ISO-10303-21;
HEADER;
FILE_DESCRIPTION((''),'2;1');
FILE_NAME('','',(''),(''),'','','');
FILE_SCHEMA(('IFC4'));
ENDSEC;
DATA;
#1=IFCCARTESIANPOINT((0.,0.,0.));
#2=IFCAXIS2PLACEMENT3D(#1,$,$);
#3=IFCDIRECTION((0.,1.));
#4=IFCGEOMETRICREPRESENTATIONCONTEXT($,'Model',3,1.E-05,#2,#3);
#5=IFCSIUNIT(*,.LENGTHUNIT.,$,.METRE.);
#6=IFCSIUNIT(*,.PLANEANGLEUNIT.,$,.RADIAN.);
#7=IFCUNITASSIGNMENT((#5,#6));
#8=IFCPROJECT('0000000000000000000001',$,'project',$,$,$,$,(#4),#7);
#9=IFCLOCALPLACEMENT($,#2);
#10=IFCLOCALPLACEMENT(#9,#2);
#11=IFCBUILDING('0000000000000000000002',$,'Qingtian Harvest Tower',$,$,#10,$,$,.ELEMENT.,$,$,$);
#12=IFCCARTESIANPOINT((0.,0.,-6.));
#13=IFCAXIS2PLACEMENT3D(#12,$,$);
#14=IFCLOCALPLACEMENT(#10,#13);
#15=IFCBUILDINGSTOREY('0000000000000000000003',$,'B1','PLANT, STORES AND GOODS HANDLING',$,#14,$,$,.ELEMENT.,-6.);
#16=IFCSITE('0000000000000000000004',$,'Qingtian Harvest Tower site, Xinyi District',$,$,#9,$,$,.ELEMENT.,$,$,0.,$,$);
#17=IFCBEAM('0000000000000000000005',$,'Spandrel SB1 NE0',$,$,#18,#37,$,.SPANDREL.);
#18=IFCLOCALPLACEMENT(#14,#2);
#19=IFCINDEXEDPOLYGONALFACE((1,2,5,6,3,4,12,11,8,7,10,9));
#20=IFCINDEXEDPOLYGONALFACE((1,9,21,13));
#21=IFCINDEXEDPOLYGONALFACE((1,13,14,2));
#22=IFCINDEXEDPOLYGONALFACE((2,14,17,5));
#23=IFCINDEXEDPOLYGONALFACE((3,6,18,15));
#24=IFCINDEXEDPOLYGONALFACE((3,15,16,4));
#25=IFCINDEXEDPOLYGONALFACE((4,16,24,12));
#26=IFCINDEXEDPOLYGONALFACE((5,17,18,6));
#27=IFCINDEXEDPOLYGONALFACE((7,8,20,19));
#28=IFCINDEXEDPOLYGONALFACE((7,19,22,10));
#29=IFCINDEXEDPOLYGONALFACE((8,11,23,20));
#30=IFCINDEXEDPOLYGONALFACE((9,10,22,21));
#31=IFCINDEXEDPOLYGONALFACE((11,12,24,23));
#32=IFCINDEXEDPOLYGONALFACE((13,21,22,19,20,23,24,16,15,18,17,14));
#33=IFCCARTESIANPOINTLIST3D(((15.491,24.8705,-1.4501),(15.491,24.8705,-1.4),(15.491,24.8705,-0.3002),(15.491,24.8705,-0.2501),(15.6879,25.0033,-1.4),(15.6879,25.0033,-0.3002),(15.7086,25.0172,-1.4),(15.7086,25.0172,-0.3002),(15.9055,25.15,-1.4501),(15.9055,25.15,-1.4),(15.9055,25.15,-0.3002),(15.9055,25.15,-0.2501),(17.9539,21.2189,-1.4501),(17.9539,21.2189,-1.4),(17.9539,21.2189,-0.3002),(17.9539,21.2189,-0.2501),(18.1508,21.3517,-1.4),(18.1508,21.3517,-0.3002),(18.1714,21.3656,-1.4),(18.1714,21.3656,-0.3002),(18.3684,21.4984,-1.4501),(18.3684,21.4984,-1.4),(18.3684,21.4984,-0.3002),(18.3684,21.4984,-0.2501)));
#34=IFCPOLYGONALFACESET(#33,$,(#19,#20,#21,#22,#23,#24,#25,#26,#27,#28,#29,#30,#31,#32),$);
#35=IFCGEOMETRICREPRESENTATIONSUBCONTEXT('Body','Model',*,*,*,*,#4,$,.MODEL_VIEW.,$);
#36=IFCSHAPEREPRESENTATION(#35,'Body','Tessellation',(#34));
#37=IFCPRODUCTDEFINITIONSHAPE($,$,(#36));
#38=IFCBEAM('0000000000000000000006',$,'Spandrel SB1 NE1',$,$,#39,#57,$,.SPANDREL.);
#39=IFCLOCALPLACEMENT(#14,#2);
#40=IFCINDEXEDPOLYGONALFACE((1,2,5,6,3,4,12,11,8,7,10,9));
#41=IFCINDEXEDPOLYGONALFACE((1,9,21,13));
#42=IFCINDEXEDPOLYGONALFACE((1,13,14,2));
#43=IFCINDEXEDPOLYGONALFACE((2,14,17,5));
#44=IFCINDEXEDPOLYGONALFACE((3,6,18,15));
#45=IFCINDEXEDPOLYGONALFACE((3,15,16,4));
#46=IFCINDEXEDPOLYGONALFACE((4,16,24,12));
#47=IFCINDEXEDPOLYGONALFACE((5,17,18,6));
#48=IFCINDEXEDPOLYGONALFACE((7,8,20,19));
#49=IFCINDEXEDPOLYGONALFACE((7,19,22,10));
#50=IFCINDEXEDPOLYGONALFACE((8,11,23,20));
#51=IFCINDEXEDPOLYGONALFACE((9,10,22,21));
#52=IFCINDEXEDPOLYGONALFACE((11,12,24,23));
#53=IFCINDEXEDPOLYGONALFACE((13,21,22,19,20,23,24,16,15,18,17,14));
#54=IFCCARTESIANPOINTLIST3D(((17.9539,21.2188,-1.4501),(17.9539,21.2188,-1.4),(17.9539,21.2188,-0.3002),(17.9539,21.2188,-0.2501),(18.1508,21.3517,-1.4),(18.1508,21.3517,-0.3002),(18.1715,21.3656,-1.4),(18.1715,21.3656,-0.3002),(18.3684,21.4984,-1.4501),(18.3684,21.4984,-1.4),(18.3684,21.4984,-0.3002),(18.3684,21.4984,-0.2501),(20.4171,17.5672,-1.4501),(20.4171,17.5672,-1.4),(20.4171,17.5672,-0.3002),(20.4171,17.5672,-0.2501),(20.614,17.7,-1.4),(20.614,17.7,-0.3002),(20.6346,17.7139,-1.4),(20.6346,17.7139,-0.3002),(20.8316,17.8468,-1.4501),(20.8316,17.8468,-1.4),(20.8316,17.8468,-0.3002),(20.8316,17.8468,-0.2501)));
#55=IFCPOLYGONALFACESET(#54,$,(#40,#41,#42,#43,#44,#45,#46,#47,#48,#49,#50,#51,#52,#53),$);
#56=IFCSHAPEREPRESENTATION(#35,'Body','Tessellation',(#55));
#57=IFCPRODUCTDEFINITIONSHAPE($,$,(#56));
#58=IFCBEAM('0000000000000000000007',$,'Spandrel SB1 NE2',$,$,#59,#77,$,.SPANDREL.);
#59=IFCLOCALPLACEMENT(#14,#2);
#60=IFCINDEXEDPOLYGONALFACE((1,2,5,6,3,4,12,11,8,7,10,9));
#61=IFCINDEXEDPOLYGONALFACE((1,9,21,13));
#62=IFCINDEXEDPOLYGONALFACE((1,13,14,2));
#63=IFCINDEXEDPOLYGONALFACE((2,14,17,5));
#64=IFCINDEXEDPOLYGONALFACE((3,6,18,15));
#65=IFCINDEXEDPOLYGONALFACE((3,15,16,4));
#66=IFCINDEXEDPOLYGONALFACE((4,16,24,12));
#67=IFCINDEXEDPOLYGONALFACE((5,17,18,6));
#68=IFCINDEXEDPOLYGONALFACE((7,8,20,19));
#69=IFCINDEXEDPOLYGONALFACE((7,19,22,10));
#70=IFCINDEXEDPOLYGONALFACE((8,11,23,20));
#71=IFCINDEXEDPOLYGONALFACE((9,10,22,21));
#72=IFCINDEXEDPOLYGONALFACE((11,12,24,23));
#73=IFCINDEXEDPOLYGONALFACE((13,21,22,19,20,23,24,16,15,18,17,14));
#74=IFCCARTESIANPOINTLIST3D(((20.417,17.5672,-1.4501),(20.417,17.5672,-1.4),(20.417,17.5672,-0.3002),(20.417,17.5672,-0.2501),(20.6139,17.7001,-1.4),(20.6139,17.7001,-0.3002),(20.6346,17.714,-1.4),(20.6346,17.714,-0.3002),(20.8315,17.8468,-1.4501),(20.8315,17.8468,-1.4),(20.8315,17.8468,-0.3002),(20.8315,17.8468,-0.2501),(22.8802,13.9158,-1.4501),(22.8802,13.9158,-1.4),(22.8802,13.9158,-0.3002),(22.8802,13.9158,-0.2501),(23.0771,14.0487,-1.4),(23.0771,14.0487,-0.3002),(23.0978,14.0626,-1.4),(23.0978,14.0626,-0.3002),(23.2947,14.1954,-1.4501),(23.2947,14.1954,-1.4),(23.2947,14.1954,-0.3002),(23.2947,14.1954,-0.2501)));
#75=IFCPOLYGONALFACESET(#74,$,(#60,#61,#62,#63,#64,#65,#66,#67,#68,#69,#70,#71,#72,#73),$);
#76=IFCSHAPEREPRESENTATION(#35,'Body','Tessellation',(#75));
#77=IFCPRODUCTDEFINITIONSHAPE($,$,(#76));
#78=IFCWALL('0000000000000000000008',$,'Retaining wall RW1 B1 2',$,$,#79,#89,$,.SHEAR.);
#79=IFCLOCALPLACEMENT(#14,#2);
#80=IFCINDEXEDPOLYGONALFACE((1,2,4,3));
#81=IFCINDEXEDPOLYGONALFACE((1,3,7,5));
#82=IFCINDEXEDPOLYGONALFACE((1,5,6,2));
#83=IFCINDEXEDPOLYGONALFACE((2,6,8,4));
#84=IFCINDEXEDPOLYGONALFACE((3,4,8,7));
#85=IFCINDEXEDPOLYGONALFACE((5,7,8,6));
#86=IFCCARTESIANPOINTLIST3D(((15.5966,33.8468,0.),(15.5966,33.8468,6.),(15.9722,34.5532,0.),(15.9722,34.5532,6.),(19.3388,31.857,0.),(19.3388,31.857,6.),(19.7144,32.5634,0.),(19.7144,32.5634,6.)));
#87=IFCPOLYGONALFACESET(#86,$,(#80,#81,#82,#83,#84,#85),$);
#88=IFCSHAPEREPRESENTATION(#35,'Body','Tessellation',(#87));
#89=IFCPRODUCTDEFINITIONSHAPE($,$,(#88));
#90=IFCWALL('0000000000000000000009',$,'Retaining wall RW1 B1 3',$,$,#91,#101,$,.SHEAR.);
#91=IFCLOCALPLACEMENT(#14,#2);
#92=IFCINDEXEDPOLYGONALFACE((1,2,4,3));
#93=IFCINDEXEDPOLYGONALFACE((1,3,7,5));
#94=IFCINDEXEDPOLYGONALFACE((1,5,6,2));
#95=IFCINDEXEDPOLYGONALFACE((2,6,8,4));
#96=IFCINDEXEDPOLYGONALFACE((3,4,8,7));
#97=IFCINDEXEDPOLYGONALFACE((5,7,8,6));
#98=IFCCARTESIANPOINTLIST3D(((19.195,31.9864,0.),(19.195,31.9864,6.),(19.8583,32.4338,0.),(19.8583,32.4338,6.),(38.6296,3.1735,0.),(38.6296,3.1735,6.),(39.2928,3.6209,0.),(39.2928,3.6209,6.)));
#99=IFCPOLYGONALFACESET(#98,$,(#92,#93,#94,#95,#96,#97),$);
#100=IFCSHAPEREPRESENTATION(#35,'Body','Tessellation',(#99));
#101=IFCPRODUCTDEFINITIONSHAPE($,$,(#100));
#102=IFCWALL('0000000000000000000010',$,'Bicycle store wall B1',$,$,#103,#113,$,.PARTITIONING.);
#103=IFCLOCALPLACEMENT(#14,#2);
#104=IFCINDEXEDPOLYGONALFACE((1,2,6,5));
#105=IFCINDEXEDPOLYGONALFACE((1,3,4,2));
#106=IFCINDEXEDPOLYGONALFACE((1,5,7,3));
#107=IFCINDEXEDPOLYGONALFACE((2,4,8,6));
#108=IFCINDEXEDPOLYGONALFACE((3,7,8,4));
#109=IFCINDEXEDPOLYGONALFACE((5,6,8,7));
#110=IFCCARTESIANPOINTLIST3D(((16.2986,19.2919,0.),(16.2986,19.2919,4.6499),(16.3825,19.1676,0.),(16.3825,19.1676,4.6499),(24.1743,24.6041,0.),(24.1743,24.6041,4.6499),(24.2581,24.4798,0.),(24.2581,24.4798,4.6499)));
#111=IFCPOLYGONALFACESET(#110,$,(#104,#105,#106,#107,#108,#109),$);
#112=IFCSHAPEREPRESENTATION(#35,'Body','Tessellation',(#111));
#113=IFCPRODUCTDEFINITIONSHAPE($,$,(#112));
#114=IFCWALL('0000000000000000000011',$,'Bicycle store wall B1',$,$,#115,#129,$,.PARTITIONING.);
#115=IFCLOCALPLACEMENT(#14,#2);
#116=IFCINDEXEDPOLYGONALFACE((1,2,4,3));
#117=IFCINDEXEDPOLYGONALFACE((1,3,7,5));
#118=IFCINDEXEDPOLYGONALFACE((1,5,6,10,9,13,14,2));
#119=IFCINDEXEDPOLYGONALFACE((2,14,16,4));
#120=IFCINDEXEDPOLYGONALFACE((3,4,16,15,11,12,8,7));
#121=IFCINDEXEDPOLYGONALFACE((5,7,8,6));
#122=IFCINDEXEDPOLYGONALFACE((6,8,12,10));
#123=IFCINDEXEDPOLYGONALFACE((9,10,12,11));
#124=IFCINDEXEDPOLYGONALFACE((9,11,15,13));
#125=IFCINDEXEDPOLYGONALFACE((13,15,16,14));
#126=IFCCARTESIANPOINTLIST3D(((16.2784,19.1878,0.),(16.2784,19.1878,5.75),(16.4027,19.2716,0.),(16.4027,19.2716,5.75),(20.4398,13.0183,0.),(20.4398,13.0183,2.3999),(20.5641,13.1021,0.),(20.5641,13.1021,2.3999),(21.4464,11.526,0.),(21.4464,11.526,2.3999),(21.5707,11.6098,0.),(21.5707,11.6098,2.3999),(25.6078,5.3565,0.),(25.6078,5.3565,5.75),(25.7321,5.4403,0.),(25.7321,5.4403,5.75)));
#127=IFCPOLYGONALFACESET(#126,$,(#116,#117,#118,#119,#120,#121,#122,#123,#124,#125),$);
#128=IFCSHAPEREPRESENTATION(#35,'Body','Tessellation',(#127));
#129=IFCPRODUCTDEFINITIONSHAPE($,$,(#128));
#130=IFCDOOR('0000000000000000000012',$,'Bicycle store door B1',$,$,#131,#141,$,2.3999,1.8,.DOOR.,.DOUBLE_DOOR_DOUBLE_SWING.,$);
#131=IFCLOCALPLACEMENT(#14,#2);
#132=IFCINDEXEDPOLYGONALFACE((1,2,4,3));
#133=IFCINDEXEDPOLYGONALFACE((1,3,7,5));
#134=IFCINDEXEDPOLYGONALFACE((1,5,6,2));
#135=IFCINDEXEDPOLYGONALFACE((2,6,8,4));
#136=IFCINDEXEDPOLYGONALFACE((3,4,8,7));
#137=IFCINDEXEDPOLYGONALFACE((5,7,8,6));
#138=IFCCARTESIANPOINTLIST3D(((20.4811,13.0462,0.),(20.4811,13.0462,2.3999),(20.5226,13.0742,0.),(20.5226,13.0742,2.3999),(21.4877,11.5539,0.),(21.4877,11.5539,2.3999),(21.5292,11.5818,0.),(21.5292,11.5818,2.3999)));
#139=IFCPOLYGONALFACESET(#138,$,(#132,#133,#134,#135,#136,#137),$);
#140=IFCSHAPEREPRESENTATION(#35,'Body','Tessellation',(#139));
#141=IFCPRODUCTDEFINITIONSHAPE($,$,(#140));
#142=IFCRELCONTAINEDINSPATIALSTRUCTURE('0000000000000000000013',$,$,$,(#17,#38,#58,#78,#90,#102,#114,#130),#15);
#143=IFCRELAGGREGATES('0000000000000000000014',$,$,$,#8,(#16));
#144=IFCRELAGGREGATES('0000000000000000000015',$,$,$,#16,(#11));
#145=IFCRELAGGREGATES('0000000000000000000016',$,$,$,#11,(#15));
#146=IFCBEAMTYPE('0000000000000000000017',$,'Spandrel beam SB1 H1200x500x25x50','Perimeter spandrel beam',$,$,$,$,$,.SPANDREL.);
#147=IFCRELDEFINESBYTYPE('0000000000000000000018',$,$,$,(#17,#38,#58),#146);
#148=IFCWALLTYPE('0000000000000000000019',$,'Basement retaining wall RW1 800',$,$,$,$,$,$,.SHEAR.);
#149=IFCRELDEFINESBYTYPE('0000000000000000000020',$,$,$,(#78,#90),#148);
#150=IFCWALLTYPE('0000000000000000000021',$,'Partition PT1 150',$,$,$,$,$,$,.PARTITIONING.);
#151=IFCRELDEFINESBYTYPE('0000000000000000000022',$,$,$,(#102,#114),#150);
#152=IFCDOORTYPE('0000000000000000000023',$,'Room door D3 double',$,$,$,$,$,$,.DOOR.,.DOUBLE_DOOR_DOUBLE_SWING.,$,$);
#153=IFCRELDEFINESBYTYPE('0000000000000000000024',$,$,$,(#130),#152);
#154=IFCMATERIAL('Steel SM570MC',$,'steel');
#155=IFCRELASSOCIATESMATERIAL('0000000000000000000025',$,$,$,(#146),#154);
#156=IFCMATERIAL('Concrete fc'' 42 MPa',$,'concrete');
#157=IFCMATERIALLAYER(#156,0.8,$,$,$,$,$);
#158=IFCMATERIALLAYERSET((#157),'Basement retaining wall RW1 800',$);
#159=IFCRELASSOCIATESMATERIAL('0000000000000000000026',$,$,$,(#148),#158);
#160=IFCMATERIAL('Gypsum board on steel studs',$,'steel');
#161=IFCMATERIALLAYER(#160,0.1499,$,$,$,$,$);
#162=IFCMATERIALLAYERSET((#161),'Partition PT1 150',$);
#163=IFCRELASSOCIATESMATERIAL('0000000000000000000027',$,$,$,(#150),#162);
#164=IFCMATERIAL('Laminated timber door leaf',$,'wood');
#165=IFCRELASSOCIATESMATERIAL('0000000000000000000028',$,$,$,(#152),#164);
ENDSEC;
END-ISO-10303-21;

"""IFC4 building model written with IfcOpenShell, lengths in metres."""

from ifc_helpers import new_model, si_unit, direction, frame, frame_2d, origin, origin_2d, place, context, subcontext, project, spatial, rectangle, i_section, extrude, material, layer, layer_set, material_profile, profile_set, type_object, element, fill, save


model = new_model("IFC4")

# Units and contexts
model_context = context("Model", 3, precision=1e-05, world=origin(), true_north=direction((0.0, 1.0)))
body_context = subcontext(model_context, "Body", "Model", "MODEL_VIEW")
ifc_project = project(units=[si_unit("LENGTHUNIT", "METRE"), si_unit("PLANEANGLEUNIT", "RADIAN")], contexts=[model_context])

# Site, building, storey
site_placement = place(None, origin())
site = spatial("IfcSite", under=ifc_project, at=site_placement, Name="Qingtian Harvest Tower site, Xinyi District", CompositionType="ELEMENT", RefElevation=0.0)
building_placement = place(site_placement, origin())
building = spatial("IfcBuilding", under=site, at=building_placement, Name="Qingtian Harvest Tower", CompositionType="ELEMENT")
storey_placement = place(building_placement, frame((0.0, 0.0, -6.0)))
storey = spatial("IfcBuildingStorey", under=building, at=storey_placement, Name="B1", Description="PLANT, STORES AND GOODS HANDLING", CompositionType="ELEMENT", Elevation=-6.0)

# Beams
ifc_material_1 = material(Name="Steel SM570MC", Category="steel")
ifc_material_profile_1 = material_profile(ifc_material_1, i_section(OverallWidth=0.5, OverallDepth=1.2, WebThickness=0.0249, FlangeThickness=0.05, at=origin_2d()), Name="H1200x500x25x50")
ifc_profile_set_1 = profile_set([ifc_material_profile_1], Name="Steel SM570MC")
beam_type_1 = type_object("IfcBeamType", Name="Spandrel beam SB1 H1200x500x25x50", Description="Perimeter spandrel beam", PredefinedType="SPANDREL", material=ifc_profile_set_1)
beam_1_placement = place(storey_placement, frame((15.6982, 25.0103, -0.8501), z_axis=(0.559169, -0.829054, 0.0), x_axis=(0.829054, 0.559169, 0.0)))
element("IfcBeam", 1, at=beam_1_placement, inside=storey, type_object=beam_type_1, Name="Spandrel SB1 NE0", PredefinedType="SPANDREL", context=body_context, shape_type="SweptSolid", body=[
    extrude(i_section(OverallWidth=0.5, OverallDepth=1.2, WebThickness=0.0249, FlangeThickness=0.05, at=origin_2d()), origin(), (0.0, 0.0, 1.0), 4.4045),
])
beam_2_placement = place(storey_placement, frame((18.1611, 21.3586, -0.8501), z_axis=(0.559207, -0.829028, 0.0), x_axis=(0.829028, 0.559207, 0.0)))
element("IfcBeam", 2, at=beam_2_placement, inside=storey, type_object=beam_type_1, Name="Spandrel SB1 NE1", PredefinedType="SPANDREL", context=body_context, shape_type="SweptSolid", body=[
    extrude(i_section(OverallWidth=0.5, OverallDepth=1.2, WebThickness=0.0249, FlangeThickness=0.05, at=origin_2d()), origin(), (0.0, 0.0, 1.0), 4.4048),
])
beam_3_placement = place(storey_placement, frame((20.6243, 17.707, -0.8501), z_axis=(0.559233, -0.829011, 0.0), x_axis=(0.829011, 0.559233, 0.0)))
element("IfcBeam", 3, at=beam_3_placement, inside=storey, type_object=beam_type_1, Name="Spandrel SB1 NE2", PredefinedType="SPANDREL", context=body_context, shape_type="SweptSolid", body=[
    extrude(i_section(OverallWidth=0.5, OverallDepth=1.2, WebThickness=0.0249, FlangeThickness=0.05, at=origin_2d()), origin(), (0.0, 0.0, 1.0), 4.4045),
])

# Walls
ifc_material_2 = material(Name="Concrete fc' 42 MPa", Category="concrete")
ifc_layer_1 = layer(ifc_material_2, 0.8)
ifc_layer_set_1 = layer_set([ifc_layer_1], Name="Basement retaining wall RW1 800")
wall_type_1 = type_object("IfcWallType", Name="Basement retaining wall RW1 800", PredefinedType="SHEAR", material=ifc_layer_set_1)
wall_1_placement = place(storey_placement, frame((15.7844, 34.2, 0.0), z_axis=(0.0, 0.0, 1.0), x_axis=(0.882949, -0.46947, 0.0)))
element("IfcWall", 4, at=wall_1_placement, inside=storey, type_object=wall_type_1, Name="Retaining wall RW1 B1 2", PredefinedType="SHEAR", context=body_context, shape_type="SweptSolid", body=[
    extrude(rectangle(XDim=4.2383, YDim=0.8, at=frame_2d((2.1191, 0.0))), origin(), (0.0, 0.0, 1.0), 6.0),
])
wall_2_placement = place(storey_placement, frame((19.5266, 32.2102, 0.0), z_axis=(0.0, 0.0, 1.0), x_axis=(0.559192, -0.829038, 0.0)))
element("IfcWall", 5, at=wall_2_placement, inside=storey, type_object=wall_type_1, Name="Retaining wall RW1 B1 3", PredefinedType="SHEAR", context=body_context, shape_type="SweptSolid", body=[
    extrude(rectangle(XDim=34.7546, YDim=0.8, at=frame_2d((17.3774, 0.0))), origin(), (0.0, 0.0, 1.0), 6.0),
])
ifc_material_3 = material(Name="Gypsum board on steel studs", Category="steel")
ifc_layer_2 = layer(ifc_material_3, 0.1499)
ifc_layer_set_2 = layer_set([ifc_layer_2], Name="Partition PT1 150")
wall_type_2 = type_object("IfcWallType", Name="Partition PT1 150", PredefinedType="PARTITIONING", material=ifc_layer_set_2)
wall_3_placement = place(storey_placement, frame((24.2163, 24.542, 0.0), z_axis=(0.0, 0.0, 1.0), x_axis=(-0.829037, -0.559193, 0.0)))
element("IfcWall", 6, at=wall_3_placement, inside=storey, type_object=wall_type_2, Name="Bicycle store wall B1", PredefinedType="PARTITIONING", context=body_context, shape_type="SweptSolid", body=[
    extrude(rectangle(XDim=9.4998, YDim=0.1499, at=frame_2d((4.75, 0.0))), origin(), (0.0, 0.0, 1.0), 4.6499),
])

# Wall, opening, door
wall_4_placement = place(storey_placement, frame((16.3406, 19.2297, 0.0), z_axis=(0.0, 0.0, 1.0), x_axis=(0.559194, -0.829037, 0.0)))
wall_4 = element("IfcWall", 7, at=wall_4_placement, inside=storey, type_object=wall_type_2, Name="Bicycle store wall B1", PredefinedType="PARTITIONING", context=body_context, shape_type="SweptSolid", body=[
    extrude(rectangle(XDim=16.6836, YDim=0.1499, at=frame_2d((8.3418, 0.0))), origin(), (0.0, 0.0, 1.0), 5.75),
])
opening_placement = place(wall_4_placement, frame((7.4419, 0.0, 0.0)))
opening = element("IfcOpeningElement", 8, at=opening_placement, cuts=wall_4, PredefinedType="OPENING", context=body_context, shape_type="SweptSolid", body=[
    extrude(rectangle(XDim=1.8, YDim=2.3999, at=frame_2d((0.8999, 1.2))), frame((0.0, 0.085, 0.0), z_axis=(0.0, -1.0, 0.0), x_axis=(1.0, 0.0, 0.0)), (0.0, 0.0, 1.0), 0.1699),
])
ifc_material_4 = material(Name="Laminated timber door leaf", Category="wood")
door_type = type_object("IfcDoorType", Name="Room door D3 double", OperationType="DOUBLE_DOOR_DOUBLE_SWING", PredefinedType="DOOR", material=ifc_material_4)
door_placement = place(opening_placement, origin())
door = element("IfcDoor", 9, at=door_placement, inside=storey, type_object=door_type, Name="Bicycle store door B1", OperationType="DOUBLE_DOOR_DOUBLE_SWING", OverallHeight=2.3999, OverallWidth=1.8, PredefinedType="DOOR", context=body_context, shape_type="SweptSolid", body=[
    extrude(rectangle(XDim=1.8, YDim=2.3999, at=frame_2d((0.8999, 1.2))), frame((0.0, 0.0249, 0.0), z_axis=(0.0, -1.0, 0.0), x_axis=(1.0, 0.0, 0.0)), (0.0, 0.0, 1.0), 0.05),
])
fill(opening, door)

save(model, "model.ifc")
